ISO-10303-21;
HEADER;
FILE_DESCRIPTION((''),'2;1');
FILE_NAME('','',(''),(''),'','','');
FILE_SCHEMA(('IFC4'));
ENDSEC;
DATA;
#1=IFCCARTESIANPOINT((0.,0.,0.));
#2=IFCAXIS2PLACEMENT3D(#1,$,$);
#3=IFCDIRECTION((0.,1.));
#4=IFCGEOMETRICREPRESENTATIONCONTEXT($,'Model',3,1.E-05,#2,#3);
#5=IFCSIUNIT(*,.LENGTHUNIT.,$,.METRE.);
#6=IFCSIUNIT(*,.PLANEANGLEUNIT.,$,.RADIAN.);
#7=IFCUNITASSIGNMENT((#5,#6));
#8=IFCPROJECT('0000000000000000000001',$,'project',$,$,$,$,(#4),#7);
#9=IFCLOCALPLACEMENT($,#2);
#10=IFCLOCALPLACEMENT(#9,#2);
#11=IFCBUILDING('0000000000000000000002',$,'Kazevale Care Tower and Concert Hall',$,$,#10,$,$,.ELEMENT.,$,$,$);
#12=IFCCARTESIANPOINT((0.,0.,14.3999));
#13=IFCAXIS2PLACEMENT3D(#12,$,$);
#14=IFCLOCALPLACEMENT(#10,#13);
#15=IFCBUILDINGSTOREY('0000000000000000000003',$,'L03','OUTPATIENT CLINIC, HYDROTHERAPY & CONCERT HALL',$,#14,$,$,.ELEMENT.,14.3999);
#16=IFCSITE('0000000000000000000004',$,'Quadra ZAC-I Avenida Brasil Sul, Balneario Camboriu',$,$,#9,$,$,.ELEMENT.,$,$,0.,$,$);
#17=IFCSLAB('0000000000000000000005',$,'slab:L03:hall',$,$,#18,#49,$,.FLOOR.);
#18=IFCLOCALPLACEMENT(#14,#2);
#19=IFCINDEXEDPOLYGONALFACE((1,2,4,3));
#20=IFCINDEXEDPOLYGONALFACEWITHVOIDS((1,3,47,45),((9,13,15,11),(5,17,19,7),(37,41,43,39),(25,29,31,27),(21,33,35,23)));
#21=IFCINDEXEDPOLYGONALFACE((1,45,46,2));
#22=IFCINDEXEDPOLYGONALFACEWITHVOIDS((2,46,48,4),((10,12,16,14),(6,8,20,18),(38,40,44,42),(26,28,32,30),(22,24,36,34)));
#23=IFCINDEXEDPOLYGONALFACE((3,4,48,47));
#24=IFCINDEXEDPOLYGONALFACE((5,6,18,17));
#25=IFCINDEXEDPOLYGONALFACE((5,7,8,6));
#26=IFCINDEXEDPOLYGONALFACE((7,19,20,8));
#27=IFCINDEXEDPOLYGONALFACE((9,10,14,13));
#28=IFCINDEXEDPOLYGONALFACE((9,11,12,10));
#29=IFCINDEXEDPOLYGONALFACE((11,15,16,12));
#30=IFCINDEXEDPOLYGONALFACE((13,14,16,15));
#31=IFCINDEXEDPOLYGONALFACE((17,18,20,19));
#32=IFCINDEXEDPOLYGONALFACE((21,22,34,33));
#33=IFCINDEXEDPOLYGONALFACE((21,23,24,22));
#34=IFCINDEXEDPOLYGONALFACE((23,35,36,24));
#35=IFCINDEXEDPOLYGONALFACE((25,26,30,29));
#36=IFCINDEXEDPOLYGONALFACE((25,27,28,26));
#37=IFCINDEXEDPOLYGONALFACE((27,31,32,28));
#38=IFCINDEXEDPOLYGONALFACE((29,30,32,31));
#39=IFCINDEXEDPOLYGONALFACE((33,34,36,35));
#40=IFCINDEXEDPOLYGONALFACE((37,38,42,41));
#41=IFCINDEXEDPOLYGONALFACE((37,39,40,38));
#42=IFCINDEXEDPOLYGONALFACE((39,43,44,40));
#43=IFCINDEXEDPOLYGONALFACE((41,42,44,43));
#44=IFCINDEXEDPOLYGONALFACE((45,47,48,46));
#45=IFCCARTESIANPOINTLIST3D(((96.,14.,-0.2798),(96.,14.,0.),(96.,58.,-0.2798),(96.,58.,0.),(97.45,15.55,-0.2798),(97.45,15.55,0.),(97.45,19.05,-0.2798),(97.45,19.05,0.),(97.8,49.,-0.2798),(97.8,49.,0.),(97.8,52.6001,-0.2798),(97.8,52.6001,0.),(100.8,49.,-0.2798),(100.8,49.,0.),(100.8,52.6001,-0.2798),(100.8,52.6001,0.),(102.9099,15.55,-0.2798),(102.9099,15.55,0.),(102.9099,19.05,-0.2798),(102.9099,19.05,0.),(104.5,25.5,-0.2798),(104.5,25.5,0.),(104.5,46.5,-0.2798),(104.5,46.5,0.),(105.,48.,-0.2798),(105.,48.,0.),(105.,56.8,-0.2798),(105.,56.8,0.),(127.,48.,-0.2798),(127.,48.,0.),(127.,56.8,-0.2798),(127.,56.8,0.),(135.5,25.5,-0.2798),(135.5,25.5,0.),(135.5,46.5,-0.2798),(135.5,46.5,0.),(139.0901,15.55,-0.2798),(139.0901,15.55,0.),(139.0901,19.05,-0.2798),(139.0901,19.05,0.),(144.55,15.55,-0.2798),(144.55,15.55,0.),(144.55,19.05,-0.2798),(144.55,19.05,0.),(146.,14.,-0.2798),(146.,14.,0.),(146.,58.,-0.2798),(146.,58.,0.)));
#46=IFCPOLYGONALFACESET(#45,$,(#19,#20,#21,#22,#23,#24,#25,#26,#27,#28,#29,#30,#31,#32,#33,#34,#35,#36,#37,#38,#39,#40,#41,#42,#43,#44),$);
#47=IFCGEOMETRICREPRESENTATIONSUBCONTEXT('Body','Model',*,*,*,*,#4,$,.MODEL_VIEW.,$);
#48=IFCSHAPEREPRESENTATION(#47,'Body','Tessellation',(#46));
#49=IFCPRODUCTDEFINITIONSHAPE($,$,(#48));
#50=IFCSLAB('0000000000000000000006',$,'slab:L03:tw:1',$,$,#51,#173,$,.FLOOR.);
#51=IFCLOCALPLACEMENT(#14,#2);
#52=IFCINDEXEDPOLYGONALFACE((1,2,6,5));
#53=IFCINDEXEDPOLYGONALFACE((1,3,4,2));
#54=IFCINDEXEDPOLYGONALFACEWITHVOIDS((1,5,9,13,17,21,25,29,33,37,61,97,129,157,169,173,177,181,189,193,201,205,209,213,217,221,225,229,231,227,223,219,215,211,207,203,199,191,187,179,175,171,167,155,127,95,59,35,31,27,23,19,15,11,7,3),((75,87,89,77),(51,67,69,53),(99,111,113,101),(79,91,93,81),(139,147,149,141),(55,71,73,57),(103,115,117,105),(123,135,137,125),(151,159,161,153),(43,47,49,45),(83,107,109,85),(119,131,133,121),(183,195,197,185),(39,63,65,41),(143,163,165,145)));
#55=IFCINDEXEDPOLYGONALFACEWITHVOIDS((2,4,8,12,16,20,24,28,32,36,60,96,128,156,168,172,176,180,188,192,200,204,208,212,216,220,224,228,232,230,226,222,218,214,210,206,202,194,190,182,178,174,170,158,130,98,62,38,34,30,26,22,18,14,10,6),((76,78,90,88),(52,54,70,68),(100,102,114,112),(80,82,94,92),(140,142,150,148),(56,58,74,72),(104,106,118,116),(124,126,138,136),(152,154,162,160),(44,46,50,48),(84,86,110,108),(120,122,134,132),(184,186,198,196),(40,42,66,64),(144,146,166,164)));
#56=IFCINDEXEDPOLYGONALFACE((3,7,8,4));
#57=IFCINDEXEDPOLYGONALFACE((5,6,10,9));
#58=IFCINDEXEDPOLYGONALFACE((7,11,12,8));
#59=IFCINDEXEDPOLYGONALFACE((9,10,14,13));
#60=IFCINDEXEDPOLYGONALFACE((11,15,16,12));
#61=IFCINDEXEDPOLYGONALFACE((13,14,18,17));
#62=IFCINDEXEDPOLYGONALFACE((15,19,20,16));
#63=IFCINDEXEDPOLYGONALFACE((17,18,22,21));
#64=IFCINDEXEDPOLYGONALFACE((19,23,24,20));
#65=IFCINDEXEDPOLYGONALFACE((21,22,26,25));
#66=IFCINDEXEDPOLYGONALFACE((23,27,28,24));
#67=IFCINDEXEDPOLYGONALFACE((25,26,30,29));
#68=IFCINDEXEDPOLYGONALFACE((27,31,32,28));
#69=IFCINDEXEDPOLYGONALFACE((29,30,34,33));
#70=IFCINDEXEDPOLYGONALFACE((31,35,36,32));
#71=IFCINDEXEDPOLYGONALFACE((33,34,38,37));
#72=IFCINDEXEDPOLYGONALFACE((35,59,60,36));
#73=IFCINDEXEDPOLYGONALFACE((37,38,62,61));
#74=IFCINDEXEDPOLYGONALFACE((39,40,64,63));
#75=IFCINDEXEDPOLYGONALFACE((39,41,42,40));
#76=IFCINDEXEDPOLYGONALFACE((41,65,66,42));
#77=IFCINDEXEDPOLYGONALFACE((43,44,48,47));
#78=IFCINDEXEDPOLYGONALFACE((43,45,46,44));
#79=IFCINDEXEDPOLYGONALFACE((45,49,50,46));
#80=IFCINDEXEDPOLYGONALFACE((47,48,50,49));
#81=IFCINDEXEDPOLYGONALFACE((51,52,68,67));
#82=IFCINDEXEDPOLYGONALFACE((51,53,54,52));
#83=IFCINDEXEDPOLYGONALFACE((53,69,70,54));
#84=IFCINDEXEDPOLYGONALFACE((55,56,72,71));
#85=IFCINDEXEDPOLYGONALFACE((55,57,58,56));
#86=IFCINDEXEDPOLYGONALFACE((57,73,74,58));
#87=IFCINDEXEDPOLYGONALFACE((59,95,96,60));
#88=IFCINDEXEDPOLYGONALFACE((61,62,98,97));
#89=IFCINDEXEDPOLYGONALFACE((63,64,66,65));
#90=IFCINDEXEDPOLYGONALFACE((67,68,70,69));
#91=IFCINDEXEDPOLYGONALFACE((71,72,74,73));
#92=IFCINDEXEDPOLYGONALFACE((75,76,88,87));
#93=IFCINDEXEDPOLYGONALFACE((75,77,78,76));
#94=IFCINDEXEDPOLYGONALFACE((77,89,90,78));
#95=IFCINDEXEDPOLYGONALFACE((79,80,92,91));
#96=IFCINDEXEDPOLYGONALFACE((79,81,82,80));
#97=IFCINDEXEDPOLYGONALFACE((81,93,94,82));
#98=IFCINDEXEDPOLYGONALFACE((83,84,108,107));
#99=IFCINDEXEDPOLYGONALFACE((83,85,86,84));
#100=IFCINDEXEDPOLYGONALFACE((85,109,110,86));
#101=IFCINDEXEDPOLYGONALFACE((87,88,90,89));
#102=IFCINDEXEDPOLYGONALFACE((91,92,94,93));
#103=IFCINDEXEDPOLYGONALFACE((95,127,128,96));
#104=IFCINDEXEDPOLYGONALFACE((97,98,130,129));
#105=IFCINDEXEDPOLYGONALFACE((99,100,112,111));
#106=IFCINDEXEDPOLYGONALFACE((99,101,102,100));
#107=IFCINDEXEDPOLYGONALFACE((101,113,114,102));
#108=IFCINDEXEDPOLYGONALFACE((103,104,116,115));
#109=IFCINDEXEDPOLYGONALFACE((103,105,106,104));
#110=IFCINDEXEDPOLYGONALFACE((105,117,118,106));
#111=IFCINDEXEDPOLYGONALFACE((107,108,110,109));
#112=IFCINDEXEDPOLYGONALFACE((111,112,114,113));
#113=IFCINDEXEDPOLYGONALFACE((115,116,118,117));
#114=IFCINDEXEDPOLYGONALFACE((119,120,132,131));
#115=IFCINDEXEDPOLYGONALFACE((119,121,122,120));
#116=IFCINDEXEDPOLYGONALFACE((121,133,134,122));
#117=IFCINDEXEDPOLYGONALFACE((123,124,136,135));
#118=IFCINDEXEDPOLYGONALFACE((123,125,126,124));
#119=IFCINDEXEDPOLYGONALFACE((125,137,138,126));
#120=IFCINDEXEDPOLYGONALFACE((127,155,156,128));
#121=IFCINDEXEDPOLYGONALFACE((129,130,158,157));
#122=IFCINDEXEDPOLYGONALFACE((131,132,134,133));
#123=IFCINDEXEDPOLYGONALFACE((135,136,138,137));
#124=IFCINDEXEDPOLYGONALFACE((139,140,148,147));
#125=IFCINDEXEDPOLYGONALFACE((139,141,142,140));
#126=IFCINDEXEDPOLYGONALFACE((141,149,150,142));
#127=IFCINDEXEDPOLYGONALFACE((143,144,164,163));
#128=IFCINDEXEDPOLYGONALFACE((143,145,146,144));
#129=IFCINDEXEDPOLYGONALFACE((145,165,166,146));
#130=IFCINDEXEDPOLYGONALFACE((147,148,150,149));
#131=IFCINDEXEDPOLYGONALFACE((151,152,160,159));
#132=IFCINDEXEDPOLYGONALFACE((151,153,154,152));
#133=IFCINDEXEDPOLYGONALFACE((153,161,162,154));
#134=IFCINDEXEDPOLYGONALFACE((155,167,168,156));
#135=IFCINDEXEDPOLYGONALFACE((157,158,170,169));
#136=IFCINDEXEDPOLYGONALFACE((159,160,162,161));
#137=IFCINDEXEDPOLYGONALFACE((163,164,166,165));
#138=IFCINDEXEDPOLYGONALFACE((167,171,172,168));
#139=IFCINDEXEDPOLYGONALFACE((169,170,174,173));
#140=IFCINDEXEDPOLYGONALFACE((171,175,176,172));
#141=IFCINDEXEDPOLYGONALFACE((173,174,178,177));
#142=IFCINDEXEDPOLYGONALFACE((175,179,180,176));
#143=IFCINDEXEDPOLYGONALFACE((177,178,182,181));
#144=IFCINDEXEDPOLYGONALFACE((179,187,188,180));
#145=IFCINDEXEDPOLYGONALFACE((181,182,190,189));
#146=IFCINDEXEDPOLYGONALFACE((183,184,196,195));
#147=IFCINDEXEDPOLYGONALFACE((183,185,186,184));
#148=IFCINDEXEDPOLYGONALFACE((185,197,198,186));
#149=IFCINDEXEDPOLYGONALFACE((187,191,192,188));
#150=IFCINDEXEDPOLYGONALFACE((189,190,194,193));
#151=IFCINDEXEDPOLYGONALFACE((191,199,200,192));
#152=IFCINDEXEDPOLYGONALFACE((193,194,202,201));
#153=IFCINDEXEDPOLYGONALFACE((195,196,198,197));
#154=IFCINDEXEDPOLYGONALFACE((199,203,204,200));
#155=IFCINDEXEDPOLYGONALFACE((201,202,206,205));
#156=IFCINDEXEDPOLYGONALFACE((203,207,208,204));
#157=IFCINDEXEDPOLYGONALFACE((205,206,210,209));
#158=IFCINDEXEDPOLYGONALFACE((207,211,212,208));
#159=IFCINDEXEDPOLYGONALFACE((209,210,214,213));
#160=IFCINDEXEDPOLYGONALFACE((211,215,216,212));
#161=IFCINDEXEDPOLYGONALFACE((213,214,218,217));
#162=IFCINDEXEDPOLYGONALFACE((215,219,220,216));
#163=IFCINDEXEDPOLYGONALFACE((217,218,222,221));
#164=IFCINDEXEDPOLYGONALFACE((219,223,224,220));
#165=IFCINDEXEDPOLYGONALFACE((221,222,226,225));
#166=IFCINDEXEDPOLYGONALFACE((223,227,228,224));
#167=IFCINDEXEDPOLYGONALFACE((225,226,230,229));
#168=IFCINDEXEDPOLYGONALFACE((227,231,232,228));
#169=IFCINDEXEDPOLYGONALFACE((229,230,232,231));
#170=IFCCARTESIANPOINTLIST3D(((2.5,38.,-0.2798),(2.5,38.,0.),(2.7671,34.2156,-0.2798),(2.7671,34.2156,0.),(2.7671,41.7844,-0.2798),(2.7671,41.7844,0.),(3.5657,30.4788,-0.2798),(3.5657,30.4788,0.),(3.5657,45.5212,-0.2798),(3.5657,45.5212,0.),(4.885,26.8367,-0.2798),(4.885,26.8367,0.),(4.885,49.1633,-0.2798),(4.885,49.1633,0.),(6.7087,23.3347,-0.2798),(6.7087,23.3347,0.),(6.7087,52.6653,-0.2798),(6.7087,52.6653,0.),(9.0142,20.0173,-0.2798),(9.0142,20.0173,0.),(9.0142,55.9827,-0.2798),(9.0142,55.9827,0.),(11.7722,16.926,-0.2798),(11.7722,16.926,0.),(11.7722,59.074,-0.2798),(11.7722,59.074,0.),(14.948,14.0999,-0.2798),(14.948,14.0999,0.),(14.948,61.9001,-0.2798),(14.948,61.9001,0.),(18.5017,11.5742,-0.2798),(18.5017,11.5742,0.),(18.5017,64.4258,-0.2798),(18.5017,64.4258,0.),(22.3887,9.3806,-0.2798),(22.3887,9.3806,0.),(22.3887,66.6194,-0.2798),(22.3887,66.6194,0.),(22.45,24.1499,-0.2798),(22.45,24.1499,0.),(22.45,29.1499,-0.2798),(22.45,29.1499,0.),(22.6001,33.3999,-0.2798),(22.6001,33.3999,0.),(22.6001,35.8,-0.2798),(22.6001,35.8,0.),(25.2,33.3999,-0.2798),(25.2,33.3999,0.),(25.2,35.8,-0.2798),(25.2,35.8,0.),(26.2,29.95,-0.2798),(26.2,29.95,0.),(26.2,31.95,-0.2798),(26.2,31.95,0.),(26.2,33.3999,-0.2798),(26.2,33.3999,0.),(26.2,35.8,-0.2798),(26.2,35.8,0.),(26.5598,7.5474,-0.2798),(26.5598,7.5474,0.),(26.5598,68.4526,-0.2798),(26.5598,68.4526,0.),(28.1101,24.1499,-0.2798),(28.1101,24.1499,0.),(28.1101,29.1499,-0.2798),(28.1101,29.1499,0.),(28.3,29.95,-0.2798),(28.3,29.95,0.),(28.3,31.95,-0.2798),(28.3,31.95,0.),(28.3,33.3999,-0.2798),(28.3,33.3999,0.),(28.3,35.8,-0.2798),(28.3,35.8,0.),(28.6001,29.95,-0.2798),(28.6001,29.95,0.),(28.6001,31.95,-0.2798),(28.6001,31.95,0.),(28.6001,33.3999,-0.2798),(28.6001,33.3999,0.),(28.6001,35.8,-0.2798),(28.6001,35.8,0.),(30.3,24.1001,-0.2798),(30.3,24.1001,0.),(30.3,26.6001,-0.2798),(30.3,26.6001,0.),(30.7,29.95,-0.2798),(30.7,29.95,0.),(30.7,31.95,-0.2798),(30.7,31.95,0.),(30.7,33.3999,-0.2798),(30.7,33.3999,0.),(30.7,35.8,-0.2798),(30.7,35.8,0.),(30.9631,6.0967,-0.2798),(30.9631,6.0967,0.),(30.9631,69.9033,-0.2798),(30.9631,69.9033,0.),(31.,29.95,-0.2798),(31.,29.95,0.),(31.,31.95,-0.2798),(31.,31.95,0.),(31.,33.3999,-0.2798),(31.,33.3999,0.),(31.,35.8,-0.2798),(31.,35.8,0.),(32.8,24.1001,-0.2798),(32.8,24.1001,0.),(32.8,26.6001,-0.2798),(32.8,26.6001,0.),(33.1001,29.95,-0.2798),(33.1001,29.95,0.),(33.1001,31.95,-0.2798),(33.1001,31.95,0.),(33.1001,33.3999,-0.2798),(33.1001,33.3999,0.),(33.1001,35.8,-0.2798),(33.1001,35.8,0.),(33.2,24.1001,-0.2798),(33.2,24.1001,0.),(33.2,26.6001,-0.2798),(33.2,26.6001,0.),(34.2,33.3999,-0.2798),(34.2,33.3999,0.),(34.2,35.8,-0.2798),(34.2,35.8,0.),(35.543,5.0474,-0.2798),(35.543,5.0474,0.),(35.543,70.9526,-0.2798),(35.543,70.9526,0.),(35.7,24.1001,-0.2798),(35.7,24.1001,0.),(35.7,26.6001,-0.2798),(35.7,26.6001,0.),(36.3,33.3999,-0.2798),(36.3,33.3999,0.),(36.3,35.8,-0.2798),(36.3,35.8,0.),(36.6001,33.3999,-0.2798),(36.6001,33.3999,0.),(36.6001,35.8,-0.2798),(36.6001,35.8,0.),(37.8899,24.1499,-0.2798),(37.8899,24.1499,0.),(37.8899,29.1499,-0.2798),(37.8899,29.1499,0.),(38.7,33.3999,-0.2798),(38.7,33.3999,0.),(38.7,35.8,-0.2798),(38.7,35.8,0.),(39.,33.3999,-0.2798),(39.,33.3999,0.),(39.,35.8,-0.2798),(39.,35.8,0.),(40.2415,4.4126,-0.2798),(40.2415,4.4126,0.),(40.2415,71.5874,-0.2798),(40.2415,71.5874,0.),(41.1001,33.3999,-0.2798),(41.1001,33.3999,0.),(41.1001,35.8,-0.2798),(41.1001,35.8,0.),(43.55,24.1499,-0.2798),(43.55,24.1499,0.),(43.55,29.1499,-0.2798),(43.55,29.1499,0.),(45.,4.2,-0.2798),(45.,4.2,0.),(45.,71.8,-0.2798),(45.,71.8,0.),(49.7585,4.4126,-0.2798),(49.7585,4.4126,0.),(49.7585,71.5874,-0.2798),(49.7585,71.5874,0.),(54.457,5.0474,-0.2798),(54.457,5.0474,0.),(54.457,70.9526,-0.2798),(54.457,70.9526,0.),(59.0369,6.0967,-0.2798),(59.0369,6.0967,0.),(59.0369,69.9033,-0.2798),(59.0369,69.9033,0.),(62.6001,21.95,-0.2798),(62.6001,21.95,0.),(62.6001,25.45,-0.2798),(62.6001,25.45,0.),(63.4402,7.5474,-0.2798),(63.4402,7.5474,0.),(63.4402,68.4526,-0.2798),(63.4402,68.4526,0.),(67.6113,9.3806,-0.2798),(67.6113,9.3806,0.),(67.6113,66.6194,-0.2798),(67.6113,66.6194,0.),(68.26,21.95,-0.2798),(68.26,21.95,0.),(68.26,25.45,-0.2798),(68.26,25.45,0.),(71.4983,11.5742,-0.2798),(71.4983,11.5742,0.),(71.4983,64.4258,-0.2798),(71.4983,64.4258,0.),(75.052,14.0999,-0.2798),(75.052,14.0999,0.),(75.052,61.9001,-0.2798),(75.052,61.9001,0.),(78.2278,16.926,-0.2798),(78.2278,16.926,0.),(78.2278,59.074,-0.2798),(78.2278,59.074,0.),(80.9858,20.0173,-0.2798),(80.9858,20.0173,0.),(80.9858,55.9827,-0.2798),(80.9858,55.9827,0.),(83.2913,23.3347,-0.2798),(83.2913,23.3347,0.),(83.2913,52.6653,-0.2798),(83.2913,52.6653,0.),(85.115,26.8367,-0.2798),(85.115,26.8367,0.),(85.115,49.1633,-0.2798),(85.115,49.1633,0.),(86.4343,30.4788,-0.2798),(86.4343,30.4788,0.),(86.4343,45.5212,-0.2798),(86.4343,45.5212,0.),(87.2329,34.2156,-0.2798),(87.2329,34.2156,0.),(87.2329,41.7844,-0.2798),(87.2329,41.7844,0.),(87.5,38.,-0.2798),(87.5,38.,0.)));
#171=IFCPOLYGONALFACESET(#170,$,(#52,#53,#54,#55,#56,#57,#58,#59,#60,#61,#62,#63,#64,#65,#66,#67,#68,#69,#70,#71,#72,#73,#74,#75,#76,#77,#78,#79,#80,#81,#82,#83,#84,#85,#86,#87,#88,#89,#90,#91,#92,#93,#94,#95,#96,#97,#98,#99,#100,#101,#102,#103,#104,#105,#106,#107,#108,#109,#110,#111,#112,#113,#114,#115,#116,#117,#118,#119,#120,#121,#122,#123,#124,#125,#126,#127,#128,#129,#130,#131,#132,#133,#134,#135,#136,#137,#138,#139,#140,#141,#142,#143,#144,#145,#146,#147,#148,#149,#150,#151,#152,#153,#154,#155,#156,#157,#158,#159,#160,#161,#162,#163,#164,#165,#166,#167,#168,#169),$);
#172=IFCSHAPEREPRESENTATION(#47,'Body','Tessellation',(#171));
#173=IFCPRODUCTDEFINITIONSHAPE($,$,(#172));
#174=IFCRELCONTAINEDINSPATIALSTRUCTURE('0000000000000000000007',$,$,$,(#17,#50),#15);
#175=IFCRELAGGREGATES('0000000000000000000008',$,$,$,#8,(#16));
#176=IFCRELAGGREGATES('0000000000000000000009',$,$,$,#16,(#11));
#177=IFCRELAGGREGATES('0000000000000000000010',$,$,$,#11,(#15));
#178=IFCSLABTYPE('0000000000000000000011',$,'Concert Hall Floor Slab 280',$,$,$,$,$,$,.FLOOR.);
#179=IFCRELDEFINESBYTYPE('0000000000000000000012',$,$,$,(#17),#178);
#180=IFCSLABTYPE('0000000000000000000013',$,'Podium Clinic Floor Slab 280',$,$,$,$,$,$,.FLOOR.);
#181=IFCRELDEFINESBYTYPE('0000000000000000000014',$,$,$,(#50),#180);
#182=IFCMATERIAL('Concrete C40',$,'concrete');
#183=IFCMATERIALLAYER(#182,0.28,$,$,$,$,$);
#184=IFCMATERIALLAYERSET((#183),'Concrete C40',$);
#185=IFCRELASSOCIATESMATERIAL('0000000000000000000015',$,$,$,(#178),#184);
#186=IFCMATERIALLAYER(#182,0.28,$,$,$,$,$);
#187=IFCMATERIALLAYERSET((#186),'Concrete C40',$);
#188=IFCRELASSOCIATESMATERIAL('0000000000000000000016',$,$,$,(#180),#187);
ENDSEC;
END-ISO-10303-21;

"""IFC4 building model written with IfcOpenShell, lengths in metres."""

from ifc_helpers import new_model, si_unit, direction, frame, origin, place, context, subcontext, project, spatial, polyline, outline, extrude, material, layer, layer_set, type_object, element, save


model = new_model("IFC4")

# Units and contexts
model_context = context("Model", 3, precision=1e-05, world=origin(), true_north=direction((0.0, 1.0)))
body_context = subcontext(model_context, "Body", "Model", "MODEL_VIEW")
ifc_project = project(units=[si_unit("LENGTHUNIT", "METRE"), si_unit("PLANEANGLEUNIT", "RADIAN")], contexts=[model_context])

# Site, building, storey
site_placement = place(None, origin())
site = spatial("IfcSite", under=ifc_project, at=site_placement, Name="Quadra ZAC-I Avenida Brasil Sul, Balneario Camboriu", CompositionType="ELEMENT", RefElevation=0.0)
building_placement = place(site_placement, origin())
building = spatial("IfcBuilding", under=site, at=building_placement, Name="Kazevale Care Tower and Concert Hall", CompositionType="ELEMENT")
storey_placement = place(building_placement, frame((0.0, 0.0, 14.3999)))
storey = spatial("IfcBuildingStorey", under=building, at=storey_placement, Name="L03", Description="OUTPATIENT CLINIC, HYDROTHERAPY & CONCERT HALL", CompositionType="ELEMENT", Elevation=14.3999)

# Slabs
ifc_material_1 = material(Name="Concrete C40", Category="concrete")
ifc_layer_1 = layer(ifc_material_1, 0.28)
ifc_layer_set_1 = layer_set([ifc_layer_1], Name="Concrete C40")
slab_type_1 = type_object("IfcSlabType", Name="Concert Hall Floor Slab 280", PredefinedType="FLOOR", material=ifc_layer_set_1)
slab_1_placement = place(storey_placement, frame((0.0, 0.0, -0.2798)))
element("IfcSlab", 1, at=slab_1_placement, inside=storey, type_object=slab_type_1, Name="slab:L03:hall", PredefinedType="FLOOR", context=body_context, shape_type="SweptSolid", body=[
    extrude(outline(polyline([(96.0, 14.0), (146.0, 14.0), (146.0, 58.0), (96.0, 58.0), (96.0, 14.0)]), holes=[polyline([(97.45, 15.55), (102.9099, 15.55), (102.9099, 19.05), (97.45, 19.05), (97.45, 15.55)]), polyline([(139.0901, 15.55), (144.55, 15.55), (144.55, 19.05), (139.0901, 19.05), (139.0901, 15.55)]), polyline([(97.8, 49.0), (100.8, 49.0), (100.8, 52.6001), (97.8, 52.6001), (97.8, 49.0)]), polyline([(104.5, 25.5), (135.5, 25.5), (135.5, 46.5), (104.5, 46.5), (104.5, 25.5)]), polyline([(105.0, 48.0), (127.0, 48.0), (127.0, 56.8), (105.0, 56.8), (105.0, 48.0)])]), origin(), (0.0, 0.0, 1.0), 0.2798),
])
ifc_layer_2 = layer(ifc_material_1, 0.28)
ifc_layer_set_2 = layer_set([ifc_layer_2], Name="Concrete C40")
slab_type_2 = type_object("IfcSlabType", Name="Podium Clinic Floor Slab 280", PredefinedType="FLOOR", material=ifc_layer_set_2)
slab_2_placement = place(storey_placement, frame((0.0, 0.0, -0.2798)))
element("IfcSlab", 2, at=slab_2_placement, inside=storey, type_object=slab_type_2, Name="slab:L03:tw:1", PredefinedType="FLOOR", context=body_context, shape_type="SweptSolid", body=[
    extrude(outline(polyline([(87.5, 38.0), (87.2329, 41.7844), (86.4343, 45.5212), (85.115, 49.1633), (83.2913, 52.6653), (80.9858, 55.9827), (78.2278, 59.074), (75.052, 61.9001), (71.4983, 64.4258), (67.6113, 66.6194), (63.4402, 68.4526), (59.0369, 69.9033), (54.457, 70.9526), (49.7585, 71.5874), (45.0, 71.8), (40.2415, 71.5874), (35.543, 70.9526), (30.9631, 69.9033), (26.5598, 68.4526), (22.3887, 66.6194), (18.5017, 64.4258), (14.948, 61.9001), (11.7722, 59.074), (9.0142, 55.9827), (6.7087, 52.6653), (4.885, 49.1633), (3.5657, 45.5212), (2.7671, 41.7844), (2.5, 38.0), (2.7671, 34.2156), (3.5657, 30.4788), (4.885, 26.8367), (6.7087, 23.3347), (9.0142, 20.0173), (11.7722, 16.926), (14.948, 14.0999), (18.5017, 11.5742), (22.3887, 9.3806), (26.5598, 7.5474), (30.9631, 6.0967), (35.543, 5.0474), (40.2415, 4.4126), (45.0, 4.2), (49.7585, 4.4126), (54.457, 5.0474), (59.0369, 6.0967), (63.4402, 7.5474), (67.6113, 9.3806), (71.4983, 11.5742), (75.052, 14.0999), (78.2278, 16.926), (80.9858, 20.0173), (83.2913, 23.3347), (85.115, 26.8367), (86.4343, 30.4788), (87.2329, 34.2156), (87.5, 38.0)]), holes=[polyline([(22.45, 24.1499), (28.1101, 24.1499), (28.1101, 29.1499), (22.45, 29.1499), (22.45, 24.1499)]), polyline([(37.8899, 24.1499), (43.55, 24.1499), (43.55, 29.1499), (37.8899, 29.1499), (37.8899, 24.1499)]), polyline([(30.3, 24.1001), (32.8, 24.1001), (32.8, 26.6001), (30.3, 26.6001), (30.3, 24.1001)]), polyline([(33.2, 24.1001), (35.7, 24.1001), (35.7, 26.6001), (33.2, 26.6001), (33.2, 24.1001)]), polyline([(22.6001, 33.3999), (25.2, 33.3999), (25.2, 35.8), (22.6001, 35.8), (22.6001, 33.3999)]), polyline([(26.2, 33.3999), (28.3, 33.3999), (28.3, 35.8), (26.2, 35.8), (26.2, 33.3999)]), polyline([(28.6001, 33.3999), (30.7, 33.3999), (30.7, 35.8), (28.6001, 35.8), (28.6001, 33.3999)]), polyline([(31.0, 33.3999), (33.1001, 33.3999), (33.1001, 35.8), (31.0, 35.8), (31.0, 33.3999)]), polyline([(34.2, 33.3999), (36.3, 33.3999), (36.3, 35.8), (34.2, 35.8), (34.2, 33.3999)]), polyline([(36.6001, 33.3999), (38.7, 33.3999), (38.7, 35.8), (36.6001, 35.8), (36.6001, 33.3999)]), polyline([(39.0, 33.3999), (41.1001, 33.3999), (41.1001, 35.8), (39.0, 35.8), (39.0, 33.3999)]), polyline([(26.2, 29.95), (28.3, 29.95), (28.3, 31.95), (26.2, 31.95), (26.2, 29.95)]), polyline([(28.6001, 29.95), (30.7, 29.95), (30.7, 31.95), (28.6001, 31.95), (28.6001, 29.95)]), polyline([(31.0, 29.95), (33.1001, 29.95), (33.1001, 31.95), (31.0, 31.95), (31.0, 29.95)]), polyline([(62.6001, 21.95), (68.26, 21.95), (68.26, 25.45), (62.6001, 25.45), (62.6001, 21.95)])]), origin(), (0.0, 0.0, 1.0), 0.2798),
])

save(model, "model.ifc")
